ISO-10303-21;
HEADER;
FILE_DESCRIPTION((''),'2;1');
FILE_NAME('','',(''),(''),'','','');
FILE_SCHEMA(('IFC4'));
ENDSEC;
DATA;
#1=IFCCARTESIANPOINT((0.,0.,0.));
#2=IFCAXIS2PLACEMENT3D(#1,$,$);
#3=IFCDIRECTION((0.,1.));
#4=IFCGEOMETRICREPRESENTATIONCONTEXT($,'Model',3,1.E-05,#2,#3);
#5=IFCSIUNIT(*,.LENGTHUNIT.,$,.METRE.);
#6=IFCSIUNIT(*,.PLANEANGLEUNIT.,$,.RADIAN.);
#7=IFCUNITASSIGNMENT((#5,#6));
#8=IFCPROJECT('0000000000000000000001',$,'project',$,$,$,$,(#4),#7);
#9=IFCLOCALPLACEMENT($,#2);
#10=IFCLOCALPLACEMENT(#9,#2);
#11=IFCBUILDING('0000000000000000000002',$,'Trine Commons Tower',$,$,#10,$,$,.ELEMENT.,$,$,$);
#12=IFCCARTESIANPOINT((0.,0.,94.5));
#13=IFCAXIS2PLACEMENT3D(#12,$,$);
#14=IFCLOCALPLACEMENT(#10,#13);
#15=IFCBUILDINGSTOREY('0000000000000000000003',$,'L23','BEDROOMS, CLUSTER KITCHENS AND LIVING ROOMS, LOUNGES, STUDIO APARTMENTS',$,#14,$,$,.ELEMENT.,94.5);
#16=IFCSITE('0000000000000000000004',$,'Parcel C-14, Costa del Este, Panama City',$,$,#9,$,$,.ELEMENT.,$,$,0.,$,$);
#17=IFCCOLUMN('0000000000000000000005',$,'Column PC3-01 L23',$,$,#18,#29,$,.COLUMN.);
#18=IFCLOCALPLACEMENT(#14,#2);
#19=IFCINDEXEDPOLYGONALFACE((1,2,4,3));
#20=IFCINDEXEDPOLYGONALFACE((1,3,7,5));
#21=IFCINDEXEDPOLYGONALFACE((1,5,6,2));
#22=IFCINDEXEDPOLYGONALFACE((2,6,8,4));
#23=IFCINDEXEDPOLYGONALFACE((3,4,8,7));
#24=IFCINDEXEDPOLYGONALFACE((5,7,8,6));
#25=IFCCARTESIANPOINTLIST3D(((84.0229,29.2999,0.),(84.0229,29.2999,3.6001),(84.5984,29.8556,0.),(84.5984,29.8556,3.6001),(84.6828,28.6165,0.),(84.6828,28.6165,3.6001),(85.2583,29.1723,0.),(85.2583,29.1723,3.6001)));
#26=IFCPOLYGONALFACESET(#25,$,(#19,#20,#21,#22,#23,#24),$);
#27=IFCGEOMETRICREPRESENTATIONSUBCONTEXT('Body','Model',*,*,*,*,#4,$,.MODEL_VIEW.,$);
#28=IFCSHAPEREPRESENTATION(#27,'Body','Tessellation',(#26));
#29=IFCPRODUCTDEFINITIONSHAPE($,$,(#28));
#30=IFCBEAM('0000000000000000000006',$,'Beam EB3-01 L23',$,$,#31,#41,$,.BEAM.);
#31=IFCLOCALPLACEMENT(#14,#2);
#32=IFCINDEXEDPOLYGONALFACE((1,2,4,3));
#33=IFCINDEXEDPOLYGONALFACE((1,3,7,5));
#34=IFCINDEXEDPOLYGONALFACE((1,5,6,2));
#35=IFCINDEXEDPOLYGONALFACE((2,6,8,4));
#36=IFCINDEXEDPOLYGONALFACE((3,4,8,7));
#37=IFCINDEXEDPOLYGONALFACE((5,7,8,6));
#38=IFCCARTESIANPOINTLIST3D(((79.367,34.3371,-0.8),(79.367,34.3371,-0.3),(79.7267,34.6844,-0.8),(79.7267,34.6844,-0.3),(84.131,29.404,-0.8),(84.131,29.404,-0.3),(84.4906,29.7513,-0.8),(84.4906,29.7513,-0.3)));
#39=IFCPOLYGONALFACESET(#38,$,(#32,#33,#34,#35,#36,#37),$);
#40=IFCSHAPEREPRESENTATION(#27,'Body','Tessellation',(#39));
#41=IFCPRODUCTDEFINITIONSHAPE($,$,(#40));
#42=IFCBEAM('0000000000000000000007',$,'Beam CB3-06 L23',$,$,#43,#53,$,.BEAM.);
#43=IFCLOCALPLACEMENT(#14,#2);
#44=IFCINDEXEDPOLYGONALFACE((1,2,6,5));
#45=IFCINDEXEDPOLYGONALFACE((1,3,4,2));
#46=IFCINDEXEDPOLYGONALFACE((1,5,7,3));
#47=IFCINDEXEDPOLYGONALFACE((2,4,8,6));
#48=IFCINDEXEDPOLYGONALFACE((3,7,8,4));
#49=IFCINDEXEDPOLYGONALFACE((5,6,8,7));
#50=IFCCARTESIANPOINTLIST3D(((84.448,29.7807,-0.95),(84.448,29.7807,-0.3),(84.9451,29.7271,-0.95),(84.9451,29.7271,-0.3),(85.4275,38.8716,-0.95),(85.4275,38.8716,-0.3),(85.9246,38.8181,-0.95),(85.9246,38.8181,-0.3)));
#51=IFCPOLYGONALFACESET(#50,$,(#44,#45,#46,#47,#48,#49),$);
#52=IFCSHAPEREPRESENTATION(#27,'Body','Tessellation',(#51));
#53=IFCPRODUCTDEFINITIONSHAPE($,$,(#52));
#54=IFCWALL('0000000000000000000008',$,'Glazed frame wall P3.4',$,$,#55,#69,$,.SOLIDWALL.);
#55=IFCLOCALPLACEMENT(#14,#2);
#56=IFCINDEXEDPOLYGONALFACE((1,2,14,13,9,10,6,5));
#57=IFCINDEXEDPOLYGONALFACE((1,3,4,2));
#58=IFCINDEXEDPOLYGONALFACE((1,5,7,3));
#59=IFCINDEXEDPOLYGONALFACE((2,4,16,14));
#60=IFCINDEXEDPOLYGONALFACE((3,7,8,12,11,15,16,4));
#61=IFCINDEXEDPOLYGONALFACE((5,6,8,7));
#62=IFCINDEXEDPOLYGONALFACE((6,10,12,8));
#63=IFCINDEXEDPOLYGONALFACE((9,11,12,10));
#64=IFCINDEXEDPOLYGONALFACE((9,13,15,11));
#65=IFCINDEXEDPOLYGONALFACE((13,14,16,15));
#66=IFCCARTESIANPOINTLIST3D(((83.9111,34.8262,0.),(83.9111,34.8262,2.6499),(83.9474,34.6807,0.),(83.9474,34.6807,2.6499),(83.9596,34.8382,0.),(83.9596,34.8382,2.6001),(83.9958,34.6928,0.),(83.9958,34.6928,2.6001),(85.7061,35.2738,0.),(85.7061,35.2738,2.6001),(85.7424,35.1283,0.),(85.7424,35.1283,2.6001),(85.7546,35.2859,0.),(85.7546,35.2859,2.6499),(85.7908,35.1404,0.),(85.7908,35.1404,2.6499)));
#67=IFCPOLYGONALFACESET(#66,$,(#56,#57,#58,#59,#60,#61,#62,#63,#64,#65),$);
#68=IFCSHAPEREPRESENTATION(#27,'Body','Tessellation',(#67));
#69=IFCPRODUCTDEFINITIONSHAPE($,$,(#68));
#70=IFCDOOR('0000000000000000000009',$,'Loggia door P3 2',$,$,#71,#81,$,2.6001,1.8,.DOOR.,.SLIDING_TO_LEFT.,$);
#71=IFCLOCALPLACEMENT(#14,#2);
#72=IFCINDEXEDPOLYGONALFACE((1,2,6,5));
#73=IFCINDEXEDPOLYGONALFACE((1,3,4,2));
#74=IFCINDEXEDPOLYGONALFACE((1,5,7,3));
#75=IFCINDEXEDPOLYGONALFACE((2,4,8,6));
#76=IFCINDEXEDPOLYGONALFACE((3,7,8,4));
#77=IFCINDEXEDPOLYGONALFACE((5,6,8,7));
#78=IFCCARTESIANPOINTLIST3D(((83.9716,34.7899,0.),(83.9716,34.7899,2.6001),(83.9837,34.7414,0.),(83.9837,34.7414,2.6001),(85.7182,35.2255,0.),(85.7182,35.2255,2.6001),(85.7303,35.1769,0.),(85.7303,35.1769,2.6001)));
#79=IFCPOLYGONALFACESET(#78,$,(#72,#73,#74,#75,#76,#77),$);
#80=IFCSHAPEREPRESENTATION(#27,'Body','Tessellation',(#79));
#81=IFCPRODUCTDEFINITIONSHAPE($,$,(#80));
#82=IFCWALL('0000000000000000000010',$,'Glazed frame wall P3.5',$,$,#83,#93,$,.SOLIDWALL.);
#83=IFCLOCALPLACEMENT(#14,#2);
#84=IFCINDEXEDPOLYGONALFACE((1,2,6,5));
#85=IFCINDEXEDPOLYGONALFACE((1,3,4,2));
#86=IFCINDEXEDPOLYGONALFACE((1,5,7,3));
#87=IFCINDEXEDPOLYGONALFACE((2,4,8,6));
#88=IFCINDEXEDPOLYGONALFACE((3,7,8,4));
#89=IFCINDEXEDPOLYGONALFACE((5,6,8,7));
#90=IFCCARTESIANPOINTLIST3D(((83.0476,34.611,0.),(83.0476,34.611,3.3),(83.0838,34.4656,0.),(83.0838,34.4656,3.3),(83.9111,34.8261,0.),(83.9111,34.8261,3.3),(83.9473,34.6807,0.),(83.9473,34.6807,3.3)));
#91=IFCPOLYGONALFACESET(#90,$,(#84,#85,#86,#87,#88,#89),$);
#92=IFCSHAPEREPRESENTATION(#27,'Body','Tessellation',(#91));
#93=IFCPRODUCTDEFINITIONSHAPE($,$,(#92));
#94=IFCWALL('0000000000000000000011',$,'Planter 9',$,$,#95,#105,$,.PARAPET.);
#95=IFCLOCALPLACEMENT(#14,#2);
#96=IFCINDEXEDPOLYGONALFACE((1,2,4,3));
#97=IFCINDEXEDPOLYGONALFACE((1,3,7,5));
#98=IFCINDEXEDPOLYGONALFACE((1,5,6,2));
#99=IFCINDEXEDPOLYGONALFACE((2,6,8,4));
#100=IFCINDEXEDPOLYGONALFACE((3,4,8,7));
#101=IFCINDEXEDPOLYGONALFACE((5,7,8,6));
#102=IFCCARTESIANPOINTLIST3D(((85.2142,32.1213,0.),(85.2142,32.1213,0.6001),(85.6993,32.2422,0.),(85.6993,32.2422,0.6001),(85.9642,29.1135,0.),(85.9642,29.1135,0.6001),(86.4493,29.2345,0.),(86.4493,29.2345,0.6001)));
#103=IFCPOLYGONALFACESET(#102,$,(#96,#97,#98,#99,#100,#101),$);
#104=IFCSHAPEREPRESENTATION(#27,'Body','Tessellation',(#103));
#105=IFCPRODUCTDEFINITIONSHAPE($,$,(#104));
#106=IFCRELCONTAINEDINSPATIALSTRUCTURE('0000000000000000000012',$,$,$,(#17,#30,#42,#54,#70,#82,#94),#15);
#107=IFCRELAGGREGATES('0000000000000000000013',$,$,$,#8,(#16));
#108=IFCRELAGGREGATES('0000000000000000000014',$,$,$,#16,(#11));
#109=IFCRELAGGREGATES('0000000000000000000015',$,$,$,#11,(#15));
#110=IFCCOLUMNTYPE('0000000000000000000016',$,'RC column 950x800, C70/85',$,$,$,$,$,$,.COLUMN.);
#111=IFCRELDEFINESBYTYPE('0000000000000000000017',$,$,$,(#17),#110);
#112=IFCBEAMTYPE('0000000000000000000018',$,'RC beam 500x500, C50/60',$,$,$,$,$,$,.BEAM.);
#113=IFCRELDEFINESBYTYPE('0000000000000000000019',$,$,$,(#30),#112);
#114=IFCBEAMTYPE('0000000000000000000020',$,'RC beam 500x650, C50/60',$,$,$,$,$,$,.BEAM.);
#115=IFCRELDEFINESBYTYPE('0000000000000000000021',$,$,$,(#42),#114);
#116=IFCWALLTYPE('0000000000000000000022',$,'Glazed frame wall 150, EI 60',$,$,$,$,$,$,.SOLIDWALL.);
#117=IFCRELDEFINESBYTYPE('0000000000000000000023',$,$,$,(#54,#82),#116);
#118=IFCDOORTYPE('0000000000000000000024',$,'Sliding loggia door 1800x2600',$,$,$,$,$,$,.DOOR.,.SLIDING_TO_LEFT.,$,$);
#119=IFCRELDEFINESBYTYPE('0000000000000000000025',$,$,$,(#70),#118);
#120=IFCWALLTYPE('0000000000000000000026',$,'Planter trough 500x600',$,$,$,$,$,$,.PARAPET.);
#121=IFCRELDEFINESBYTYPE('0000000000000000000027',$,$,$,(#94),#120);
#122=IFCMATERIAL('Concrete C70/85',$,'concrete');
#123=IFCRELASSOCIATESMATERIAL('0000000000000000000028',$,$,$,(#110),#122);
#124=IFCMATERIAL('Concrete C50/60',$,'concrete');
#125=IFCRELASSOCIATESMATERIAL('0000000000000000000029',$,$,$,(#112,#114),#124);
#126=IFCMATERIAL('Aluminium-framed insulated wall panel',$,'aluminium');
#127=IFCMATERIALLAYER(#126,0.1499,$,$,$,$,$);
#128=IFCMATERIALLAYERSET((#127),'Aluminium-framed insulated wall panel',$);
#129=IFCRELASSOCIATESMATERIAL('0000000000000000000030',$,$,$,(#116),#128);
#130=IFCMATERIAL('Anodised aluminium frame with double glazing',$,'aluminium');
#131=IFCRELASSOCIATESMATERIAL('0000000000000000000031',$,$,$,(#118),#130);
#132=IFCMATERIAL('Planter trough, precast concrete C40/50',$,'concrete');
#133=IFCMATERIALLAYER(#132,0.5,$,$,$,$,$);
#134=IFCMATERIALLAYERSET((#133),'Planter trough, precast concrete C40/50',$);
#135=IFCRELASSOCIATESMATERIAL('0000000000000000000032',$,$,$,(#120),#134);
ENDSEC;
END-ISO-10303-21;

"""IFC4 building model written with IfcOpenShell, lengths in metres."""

from ifc_helpers import new_model, si_unit, direction, frame, frame_2d, origin, origin_2d, place, context, subcontext, project, spatial, polyline, rectangle, outline, extrude, material, layer, layer_set, material_profile, profile_set, type_object, element, fill, save


model = new_model("IFC4")

# Units and contexts
model_context = context("Model", 3, precision=1e-05, world=origin(), true_north=direction((0.0, 1.0)))
body_context = subcontext(model_context, "Body", "Model", "MODEL_VIEW")
ifc_project = project(units=[si_unit("LENGTHUNIT", "METRE"), si_unit("PLANEANGLEUNIT", "RADIAN")], contexts=[model_context])

# Site, building, storey
site_placement = place(None, origin())
site = spatial("IfcSite", under=ifc_project, at=site_placement, Name="Parcel C-14, Costa del Este, Panama City", CompositionType="ELEMENT", RefElevation=0.0)
building_placement = place(site_placement, origin())
building = spatial("IfcBuilding", under=site, at=building_placement, Name="Trine Commons Tower", CompositionType="ELEMENT")
storey_placement = place(building_placement, frame((0.0, 0.0, 94.5)))
storey = spatial("IfcBuildingStorey", under=building, at=storey_placement, Name="L23", Description="BEDROOMS, CLUSTER KITCHENS AND LIVING ROOMS, LOUNGES, STUDIO APARTMENTS", CompositionType="ELEMENT", Elevation=94.5)

# Column
ifc_material_1 = material(Name="Concrete C70/85", Category="concrete")
ifc_material_profile_1 = material_profile(ifc_material_1, rectangle(XDim=0.95, YDim=0.8, at=origin_2d()), Name="RC 950x800")
ifc_profile_set_1 = profile_set([ifc_material_profile_1], Name="Concrete C70/85")
column_type = type_object("IfcColumnType", Name="RC column 950x800, C70/85", PredefinedType="COLUMN", material=ifc_profile_set_1)
column_placement = place(storey_placement, frame((84.6406, 29.2361, 0.0), z_axis=(0.0, 0.0, 1.0), x_axis=(-0.694658, 0.71934, 0.0)))
element("IfcColumn", 1, at=column_placement, inside=storey, type_object=column_type, Name="Column PC3-01 L23", PredefinedType="COLUMN", context=body_context, shape_type="SweptSolid", body=[
    extrude(rectangle(XDim=0.95, YDim=0.8, at=origin_2d()), origin(), (0.0, 0.0, 1.0), 3.6001),
])

# Beams
ifc_material_2 = material(Name="Concrete C50/60", Category="concrete")
ifc_material_profile_2 = material_profile(ifc_material_2, rectangle(XDim=0.5, YDim=0.5, at=origin_2d()), Name="RC 500x500")
ifc_profile_set_2 = profile_set([ifc_material_profile_2], Name="Concrete C50/60")
beam_type_1 = type_object("IfcBeamType", Name="RC beam 500x500, C50/60", PredefinedType="BEAM", material=ifc_profile_set_2)
beam_1_placement = place(storey_placement, frame((84.3108, 29.5776, -0.55), z_axis=(-0.694664, 0.719335, 0.0), x_axis=(-0.719335, -0.694664, 0.0)))
element("IfcBeam", 2, at=beam_1_placement, inside=storey, type_object=beam_type_1, Name="Beam EB3-01 L23", PredefinedType="BEAM", context=body_context, shape_type="SweptSolid", body=[
    extrude(rectangle(XDim=0.5, YDim=0.5, at=origin_2d()), origin(), (0.0, 0.0, 1.0), 6.8579),
])
ifc_material_profile_3 = material_profile(ifc_material_2, rectangle(XDim=0.5, YDim=0.6499, at=origin_2d()), Name="RC 500x650")
ifc_profile_set_3 = profile_set([ifc_material_profile_3], Name="Concrete C50/60")
beam_type_2 = type_object("IfcBeamType", Name="RC beam 500x650, C50/60", PredefinedType="BEAM", material=ifc_profile_set_3)
beam_2_placement = place(storey_placement, frame((84.6965, 29.7539, -0.625), z_axis=(0.107125, 0.994246, 0.0), x_axis=(-0.994246, 0.107125, 0.0)))
element("IfcBeam", 3, at=beam_2_placement, inside=storey, type_object=beam_type_2, Name="Beam CB3-06 L23", PredefinedType="BEAM", context=body_context, shape_type="SweptSolid", body=[
    extrude(rectangle(XDim=0.5, YDim=0.6499, at=origin_2d()), origin(), (0.0, 0.0, 1.0), 9.1436),
])

# Wall, opening, door
ifc_material_3 = material(Name="Aluminium-framed insulated wall panel", Category="aluminium")
ifc_layer_1 = layer(ifc_material_3, 0.1499)
ifc_layer_set_1 = layer_set([ifc_layer_1], Name="Aluminium-framed insulated wall panel")
wall_type_1 = type_object("IfcWallType", Name="Glazed frame wall 150, EI 60", PredefinedType="SOLIDWALL", material=ifc_layer_set_1)
wall_1_placement = place(storey_placement, frame((85.7727, 35.2131, 0.0), z_axis=(0.0, 0.0, 1.0), x_axis=(-0.970286, -0.241961, 0.0)))
wall_1 = element("IfcWall", 4, at=wall_1_placement, inside=storey, type_object=wall_type_1, Name="Glazed frame wall P3.4", PredefinedType="SOLIDWALL", context=body_context, shape_type="SweptSolid", body=[
    extrude(outline(polyline([(0.0, -0.075), (1.8999, -0.075), (1.8999, 0.075), (0.0, 0.075), (0.0, -0.075)])), origin(), (0.0, 0.0, 1.0), 2.6499),
])
opening_placement = place(wall_1_placement, frame((0.05, 0.0, 0.0)))
opening = element("IfcOpeningElement", 5, at=opening_placement, cuts=wall_1, PredefinedType="OPENING", context=body_context, shape_type="SweptSolid", body=[
    extrude(rectangle(XDim=1.8, YDim=2.6001, at=frame_2d((0.8999, 1.3))), frame((0.0, 0.085, 0.0), z_axis=(0.0, -1.0, 0.0), x_axis=(1.0, 0.0, 0.0)), (0.0, 0.0, 1.0), 0.1699),
])
ifc_material_4 = material(Name="Anodised aluminium frame with double glazing", Category="aluminium")
door_type = type_object("IfcDoorType", Name="Sliding loggia door 1800x2600", OperationType="SLIDING_TO_LEFT", PredefinedType="DOOR", material=ifc_material_4)
door_placement = place(opening_placement, origin())
door = element("IfcDoor", 6, at=door_placement, inside=storey, type_object=door_type, Name="Loggia door P3 2", OperationType="SLIDING_TO_LEFT", OverallHeight=2.6001, OverallWidth=1.8, PredefinedType="DOOR", context=body_context, shape_type="SweptSolid", body=[
    extrude(rectangle(XDim=1.8, YDim=2.6001, at=frame_2d((0.8999, 1.3))), frame((0.0, 0.0249, 0.0), z_axis=(0.0, -1.0, 0.0), x_axis=(1.0, 0.0, 0.0)), (0.0, 0.0, 1.0), 0.05),
])
fill(opening, door)

# Walls
wall_2_placement = place(storey_placement, frame((83.9292, 34.7534, 0.0), z_axis=(0.0, 0.0, 1.0), x_axis=(-0.970343, -0.241731, 0.0)))
element("IfcWall", 7, at=wall_2_placement, inside=storey, type_object=wall_type_1, Name="Glazed frame wall P3.5", PredefinedType="SOLIDWALL", context=body_context, shape_type="SweptSolid", body=[
    extrude(outline(polyline([(0.8899, 0.075), (0.0, 0.075), (0.0, -0.075), (0.8899, -0.075), (0.8899, 0.075)])), origin(), (0.0, 0.0, 1.0), 3.3),
])
ifc_material_5 = material(Name="Planter trough, precast concrete C40/50", Category="concrete")
ifc_layer_2 = layer(ifc_material_5, 0.5)
ifc_layer_set_2 = layer_set([ifc_layer_2], Name="Planter trough, precast concrete C40/50")
wall_type_2 = type_object("IfcWallType", Name="Planter trough 500x600", PredefinedType="PARAPET", material=ifc_layer_set_2)
wall_3_placement = place(storey_placement, frame((85.4568, 32.1816, 0.0), z_axis=(0.0, 0.0, 1.0), x_axis=(0.241943, -0.970291, 0.0)))
element("IfcWall", 8, at=wall_3_placement, inside=storey, type_object=wall_type_2, Name="Planter 9", PredefinedType="PARAPET", context=body_context, shape_type="SweptSolid", body=[
    extrude(rectangle(XDim=3.0999, YDim=0.5, at=frame_2d((1.5498, 0.0))), origin(), (0.0, 0.0, 1.0), 0.6001),
])

save(model, "model.ifc")
